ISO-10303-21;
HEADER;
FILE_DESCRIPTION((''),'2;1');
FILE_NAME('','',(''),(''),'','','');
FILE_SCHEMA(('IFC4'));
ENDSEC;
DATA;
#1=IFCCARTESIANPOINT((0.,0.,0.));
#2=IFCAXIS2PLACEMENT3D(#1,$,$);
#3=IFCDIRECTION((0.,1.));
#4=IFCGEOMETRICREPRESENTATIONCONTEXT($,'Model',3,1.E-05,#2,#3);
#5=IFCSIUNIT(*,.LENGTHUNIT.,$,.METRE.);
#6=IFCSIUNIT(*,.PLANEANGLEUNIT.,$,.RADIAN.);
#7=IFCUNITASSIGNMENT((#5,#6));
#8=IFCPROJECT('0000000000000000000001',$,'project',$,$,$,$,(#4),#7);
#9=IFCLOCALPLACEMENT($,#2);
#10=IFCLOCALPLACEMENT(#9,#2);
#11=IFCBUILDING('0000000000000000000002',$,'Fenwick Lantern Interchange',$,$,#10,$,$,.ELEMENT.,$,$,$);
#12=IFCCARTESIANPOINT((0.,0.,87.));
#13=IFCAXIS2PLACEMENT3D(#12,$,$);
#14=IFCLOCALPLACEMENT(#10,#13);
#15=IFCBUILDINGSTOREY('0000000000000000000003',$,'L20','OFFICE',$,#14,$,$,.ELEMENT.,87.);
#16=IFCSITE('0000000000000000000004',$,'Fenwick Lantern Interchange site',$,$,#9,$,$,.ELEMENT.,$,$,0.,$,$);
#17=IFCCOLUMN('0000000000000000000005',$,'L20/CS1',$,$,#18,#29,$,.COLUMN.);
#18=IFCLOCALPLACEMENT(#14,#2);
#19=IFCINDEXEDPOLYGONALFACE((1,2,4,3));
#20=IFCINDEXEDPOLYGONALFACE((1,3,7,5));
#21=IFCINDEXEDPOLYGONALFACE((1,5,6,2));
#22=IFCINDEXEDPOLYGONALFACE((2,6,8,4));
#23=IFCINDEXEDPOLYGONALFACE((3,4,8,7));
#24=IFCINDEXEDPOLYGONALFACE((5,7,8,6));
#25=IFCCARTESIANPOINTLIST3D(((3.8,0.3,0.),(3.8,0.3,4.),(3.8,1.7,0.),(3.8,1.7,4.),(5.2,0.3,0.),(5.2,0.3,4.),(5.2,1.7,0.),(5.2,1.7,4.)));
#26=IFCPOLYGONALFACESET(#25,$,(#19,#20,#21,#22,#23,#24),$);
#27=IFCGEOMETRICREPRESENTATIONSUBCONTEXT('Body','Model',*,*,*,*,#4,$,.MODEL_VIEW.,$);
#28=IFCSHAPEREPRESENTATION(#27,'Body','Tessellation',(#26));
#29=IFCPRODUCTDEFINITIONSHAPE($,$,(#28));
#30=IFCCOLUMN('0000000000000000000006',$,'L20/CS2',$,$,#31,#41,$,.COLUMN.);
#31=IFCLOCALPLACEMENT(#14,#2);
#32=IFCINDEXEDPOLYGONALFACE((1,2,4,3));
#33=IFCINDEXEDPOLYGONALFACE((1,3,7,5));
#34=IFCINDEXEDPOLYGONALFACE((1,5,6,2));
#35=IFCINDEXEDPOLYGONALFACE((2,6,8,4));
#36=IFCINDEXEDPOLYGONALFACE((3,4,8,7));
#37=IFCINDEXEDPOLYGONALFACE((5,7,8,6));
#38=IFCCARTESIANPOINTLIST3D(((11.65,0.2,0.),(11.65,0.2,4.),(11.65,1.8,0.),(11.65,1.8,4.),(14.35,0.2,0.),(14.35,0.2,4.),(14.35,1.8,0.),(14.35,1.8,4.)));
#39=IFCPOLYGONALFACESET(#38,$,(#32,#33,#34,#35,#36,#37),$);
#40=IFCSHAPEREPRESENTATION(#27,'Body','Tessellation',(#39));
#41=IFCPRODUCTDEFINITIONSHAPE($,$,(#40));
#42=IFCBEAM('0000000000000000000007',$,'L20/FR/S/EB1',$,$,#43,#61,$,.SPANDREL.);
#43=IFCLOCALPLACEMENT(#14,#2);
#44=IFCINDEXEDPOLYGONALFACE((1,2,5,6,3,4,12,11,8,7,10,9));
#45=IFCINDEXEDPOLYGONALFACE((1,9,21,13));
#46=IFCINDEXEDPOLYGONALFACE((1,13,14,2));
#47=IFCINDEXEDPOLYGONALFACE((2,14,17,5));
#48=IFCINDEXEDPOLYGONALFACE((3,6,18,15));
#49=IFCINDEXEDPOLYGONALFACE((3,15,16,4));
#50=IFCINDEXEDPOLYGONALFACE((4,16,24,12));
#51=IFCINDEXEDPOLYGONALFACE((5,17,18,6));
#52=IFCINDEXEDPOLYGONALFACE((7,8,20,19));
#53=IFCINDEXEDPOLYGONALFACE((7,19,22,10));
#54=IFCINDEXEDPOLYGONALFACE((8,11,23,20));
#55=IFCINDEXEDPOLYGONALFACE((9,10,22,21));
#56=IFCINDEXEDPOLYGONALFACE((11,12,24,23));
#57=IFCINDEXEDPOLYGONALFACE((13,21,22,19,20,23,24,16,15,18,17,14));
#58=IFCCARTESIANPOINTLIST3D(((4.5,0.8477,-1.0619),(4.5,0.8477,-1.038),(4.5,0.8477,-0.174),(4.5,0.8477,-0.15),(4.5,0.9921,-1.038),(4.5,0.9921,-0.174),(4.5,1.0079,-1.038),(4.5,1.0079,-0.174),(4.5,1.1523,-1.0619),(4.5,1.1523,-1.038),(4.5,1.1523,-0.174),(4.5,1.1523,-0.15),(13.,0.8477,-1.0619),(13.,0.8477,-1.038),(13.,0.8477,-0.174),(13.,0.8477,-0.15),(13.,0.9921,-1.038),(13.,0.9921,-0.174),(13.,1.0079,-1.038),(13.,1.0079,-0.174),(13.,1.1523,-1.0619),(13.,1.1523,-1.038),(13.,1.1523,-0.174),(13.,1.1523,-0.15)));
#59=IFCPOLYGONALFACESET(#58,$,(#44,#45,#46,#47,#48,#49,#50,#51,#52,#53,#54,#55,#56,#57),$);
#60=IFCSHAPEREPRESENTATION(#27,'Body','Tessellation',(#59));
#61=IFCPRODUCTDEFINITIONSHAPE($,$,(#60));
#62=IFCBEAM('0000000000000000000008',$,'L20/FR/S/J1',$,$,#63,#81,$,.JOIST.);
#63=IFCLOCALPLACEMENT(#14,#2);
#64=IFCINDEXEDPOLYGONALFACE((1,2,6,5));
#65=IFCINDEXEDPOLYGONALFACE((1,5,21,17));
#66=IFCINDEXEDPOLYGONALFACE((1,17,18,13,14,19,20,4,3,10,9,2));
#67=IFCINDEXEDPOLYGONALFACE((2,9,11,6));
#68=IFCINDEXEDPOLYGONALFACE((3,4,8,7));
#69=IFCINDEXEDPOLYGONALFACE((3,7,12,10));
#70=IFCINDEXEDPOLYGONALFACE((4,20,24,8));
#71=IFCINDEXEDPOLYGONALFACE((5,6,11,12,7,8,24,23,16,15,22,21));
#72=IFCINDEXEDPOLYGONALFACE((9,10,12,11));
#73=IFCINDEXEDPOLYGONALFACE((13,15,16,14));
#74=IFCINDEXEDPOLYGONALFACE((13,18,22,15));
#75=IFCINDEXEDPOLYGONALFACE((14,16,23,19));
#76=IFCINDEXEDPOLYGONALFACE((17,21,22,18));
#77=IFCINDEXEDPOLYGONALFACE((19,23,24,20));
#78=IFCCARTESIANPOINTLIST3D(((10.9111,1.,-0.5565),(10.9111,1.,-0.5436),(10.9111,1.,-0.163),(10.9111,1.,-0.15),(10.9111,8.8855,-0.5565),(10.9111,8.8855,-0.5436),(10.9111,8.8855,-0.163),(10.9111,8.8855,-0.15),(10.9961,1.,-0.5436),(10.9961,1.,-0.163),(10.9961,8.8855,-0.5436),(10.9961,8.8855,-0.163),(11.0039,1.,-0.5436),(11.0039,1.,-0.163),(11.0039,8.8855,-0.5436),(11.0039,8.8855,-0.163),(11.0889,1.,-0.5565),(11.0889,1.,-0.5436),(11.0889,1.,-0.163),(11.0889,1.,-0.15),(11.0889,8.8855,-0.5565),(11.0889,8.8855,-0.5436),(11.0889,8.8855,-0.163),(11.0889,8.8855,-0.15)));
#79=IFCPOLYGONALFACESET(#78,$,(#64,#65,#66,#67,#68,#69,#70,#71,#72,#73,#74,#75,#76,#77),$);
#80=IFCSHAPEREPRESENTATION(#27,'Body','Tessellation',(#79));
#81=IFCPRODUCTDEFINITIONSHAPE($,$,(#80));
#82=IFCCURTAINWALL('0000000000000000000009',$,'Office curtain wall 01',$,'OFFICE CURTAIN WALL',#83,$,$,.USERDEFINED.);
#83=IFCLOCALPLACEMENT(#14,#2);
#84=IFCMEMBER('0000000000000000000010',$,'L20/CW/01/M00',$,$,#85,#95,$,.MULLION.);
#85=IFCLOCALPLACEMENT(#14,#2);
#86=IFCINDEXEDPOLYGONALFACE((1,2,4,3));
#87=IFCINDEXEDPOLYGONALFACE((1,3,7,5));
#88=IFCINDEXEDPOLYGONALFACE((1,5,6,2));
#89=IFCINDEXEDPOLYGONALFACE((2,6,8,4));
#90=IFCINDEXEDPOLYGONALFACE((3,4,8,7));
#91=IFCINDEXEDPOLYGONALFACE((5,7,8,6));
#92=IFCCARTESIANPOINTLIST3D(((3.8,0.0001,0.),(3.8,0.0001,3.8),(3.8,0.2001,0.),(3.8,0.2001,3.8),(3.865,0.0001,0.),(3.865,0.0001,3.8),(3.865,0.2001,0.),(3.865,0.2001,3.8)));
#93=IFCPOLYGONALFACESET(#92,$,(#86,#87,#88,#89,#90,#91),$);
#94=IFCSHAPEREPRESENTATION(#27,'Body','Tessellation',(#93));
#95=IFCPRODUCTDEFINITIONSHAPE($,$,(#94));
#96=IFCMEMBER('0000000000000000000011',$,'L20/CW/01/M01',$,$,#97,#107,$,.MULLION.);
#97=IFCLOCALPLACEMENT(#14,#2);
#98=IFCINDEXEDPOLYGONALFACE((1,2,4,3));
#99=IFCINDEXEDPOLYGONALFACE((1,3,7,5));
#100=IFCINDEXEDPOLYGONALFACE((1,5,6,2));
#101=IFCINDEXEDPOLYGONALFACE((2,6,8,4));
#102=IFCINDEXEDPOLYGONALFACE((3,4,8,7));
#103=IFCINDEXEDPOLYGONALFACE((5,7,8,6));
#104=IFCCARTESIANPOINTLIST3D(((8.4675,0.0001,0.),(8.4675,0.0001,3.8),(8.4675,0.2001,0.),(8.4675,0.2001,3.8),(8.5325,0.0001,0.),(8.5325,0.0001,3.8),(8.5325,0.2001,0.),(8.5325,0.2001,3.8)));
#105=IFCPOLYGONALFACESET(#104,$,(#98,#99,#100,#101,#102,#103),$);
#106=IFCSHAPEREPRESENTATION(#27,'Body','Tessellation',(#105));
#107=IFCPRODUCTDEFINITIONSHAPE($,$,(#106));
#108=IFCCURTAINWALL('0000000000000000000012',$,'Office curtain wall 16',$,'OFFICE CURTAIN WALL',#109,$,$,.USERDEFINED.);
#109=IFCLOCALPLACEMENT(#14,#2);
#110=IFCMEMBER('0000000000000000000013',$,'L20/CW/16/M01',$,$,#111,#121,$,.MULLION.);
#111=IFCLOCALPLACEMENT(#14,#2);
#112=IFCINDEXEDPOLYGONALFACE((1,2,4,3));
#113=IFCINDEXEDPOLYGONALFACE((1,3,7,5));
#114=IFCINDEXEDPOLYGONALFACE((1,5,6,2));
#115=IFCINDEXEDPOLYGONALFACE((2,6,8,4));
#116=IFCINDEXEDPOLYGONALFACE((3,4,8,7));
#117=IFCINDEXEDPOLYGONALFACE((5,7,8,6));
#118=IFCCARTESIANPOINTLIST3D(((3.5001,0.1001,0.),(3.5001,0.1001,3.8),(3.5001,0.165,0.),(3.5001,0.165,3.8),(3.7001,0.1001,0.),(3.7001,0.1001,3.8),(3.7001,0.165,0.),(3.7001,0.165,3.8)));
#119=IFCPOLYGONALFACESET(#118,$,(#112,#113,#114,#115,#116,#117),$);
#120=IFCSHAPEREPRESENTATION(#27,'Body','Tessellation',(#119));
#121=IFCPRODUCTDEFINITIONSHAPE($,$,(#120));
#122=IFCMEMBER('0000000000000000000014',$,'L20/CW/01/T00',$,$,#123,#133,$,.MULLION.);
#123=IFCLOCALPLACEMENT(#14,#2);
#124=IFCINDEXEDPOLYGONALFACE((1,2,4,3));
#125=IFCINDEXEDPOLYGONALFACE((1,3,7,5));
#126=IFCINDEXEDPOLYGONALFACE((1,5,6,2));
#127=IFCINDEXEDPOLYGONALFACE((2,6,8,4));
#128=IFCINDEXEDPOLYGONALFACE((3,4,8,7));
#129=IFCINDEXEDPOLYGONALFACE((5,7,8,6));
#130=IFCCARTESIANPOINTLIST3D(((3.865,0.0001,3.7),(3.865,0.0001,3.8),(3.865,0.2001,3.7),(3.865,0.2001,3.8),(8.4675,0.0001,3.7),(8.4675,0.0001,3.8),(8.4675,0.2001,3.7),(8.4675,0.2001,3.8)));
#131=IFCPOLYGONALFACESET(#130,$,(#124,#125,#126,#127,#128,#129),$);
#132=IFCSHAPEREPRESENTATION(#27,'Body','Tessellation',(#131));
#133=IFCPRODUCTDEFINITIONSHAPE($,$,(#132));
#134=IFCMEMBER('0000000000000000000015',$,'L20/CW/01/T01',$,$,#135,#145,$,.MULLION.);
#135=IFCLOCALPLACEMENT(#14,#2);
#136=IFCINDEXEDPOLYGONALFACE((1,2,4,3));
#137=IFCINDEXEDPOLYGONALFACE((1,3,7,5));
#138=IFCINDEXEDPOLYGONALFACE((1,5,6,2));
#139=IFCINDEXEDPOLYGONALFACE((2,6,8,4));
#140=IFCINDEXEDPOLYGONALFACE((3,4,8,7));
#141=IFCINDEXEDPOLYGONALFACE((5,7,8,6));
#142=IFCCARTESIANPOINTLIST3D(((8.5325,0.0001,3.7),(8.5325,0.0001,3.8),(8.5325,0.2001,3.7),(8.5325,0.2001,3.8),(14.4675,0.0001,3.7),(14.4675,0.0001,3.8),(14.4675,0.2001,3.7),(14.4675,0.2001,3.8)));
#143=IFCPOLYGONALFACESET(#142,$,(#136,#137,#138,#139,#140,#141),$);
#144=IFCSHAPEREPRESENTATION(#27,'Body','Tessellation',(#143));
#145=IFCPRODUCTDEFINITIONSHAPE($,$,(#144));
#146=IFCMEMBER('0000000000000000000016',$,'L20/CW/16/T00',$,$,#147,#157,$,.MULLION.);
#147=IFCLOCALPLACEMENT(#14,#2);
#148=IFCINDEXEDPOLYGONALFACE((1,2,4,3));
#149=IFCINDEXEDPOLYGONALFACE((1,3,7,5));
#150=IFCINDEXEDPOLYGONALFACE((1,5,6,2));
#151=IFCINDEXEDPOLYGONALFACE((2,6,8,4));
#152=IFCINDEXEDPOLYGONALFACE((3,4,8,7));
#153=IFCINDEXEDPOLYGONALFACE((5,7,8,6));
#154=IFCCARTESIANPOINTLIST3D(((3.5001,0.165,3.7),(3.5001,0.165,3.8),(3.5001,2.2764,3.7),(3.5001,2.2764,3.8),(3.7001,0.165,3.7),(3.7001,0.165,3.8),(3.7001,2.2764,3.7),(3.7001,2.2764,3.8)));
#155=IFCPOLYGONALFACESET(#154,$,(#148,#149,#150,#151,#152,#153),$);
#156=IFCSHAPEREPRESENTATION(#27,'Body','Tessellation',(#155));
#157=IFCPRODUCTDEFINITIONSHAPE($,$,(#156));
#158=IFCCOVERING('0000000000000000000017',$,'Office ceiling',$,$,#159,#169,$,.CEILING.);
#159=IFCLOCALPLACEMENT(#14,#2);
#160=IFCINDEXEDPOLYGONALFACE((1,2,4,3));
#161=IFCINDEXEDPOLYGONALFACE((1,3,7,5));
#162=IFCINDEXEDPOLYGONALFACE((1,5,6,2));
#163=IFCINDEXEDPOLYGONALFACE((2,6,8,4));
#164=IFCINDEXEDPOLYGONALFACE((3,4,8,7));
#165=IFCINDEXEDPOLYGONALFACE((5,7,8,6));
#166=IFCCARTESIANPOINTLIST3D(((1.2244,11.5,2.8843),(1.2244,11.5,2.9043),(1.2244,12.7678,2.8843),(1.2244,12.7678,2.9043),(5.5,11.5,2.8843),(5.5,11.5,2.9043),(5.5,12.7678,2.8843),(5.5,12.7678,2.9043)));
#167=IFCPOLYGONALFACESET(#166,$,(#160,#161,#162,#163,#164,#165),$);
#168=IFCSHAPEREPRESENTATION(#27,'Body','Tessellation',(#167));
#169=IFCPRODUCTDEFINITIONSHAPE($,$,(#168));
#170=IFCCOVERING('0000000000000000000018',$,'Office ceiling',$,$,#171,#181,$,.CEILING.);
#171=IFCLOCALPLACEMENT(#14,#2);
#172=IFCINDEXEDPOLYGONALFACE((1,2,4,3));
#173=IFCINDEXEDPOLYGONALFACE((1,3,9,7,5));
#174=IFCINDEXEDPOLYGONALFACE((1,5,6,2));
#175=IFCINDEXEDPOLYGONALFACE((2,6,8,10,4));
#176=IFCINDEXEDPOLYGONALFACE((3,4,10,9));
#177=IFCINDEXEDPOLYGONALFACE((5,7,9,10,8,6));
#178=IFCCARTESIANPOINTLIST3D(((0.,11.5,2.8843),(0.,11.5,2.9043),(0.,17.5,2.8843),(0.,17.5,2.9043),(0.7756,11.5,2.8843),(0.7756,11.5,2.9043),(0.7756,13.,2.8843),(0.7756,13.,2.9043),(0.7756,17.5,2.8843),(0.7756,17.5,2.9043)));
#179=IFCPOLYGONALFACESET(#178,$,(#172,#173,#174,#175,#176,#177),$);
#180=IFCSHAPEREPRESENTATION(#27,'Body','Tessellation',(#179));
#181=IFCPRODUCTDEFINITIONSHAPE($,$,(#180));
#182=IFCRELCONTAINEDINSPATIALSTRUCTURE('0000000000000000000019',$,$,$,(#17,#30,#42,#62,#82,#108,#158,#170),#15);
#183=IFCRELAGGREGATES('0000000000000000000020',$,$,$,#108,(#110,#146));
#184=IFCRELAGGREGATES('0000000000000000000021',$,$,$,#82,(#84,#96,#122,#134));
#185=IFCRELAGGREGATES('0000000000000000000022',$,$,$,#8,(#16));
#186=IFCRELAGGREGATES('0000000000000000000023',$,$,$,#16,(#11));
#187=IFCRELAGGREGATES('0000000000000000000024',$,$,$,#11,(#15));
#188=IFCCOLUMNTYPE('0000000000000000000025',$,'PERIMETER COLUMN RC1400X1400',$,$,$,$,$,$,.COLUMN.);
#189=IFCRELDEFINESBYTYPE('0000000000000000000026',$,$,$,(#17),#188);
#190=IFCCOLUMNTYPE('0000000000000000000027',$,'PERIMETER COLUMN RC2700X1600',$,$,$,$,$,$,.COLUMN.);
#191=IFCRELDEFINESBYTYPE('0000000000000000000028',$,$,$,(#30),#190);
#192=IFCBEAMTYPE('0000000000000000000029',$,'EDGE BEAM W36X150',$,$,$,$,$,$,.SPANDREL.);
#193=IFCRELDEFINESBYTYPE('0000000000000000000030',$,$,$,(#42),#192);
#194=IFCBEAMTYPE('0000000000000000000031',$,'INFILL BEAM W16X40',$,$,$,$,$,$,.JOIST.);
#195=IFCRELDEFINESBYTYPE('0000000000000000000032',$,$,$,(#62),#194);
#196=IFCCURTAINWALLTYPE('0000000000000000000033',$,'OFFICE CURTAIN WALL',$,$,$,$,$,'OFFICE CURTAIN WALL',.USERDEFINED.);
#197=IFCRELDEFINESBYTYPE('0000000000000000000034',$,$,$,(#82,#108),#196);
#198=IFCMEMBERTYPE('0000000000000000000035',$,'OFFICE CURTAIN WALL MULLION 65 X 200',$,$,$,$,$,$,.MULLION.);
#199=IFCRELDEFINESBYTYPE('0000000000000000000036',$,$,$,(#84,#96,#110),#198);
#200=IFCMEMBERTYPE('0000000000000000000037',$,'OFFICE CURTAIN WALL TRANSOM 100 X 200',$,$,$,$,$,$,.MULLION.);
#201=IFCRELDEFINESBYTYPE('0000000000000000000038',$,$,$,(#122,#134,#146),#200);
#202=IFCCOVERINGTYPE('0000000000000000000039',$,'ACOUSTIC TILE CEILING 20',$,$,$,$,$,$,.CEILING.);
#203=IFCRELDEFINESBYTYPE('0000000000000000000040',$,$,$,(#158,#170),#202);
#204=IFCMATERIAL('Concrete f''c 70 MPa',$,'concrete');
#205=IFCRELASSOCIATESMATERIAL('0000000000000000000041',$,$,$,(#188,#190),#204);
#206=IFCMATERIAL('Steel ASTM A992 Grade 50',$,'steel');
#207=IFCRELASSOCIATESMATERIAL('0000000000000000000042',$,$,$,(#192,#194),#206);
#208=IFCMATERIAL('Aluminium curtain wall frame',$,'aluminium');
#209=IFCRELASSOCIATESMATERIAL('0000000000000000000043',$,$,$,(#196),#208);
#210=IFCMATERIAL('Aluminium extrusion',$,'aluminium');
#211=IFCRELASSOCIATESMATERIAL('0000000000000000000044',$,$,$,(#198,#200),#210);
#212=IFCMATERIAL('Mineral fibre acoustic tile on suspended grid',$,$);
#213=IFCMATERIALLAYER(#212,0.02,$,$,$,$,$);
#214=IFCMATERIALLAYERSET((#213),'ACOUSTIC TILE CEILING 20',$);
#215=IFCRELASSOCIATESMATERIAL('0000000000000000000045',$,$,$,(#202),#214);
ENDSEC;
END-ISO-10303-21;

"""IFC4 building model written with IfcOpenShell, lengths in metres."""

from ifc_helpers import new_model, si_unit, direction, frame, origin, origin_2d, place, context, subcontext, project, spatial, polyline, rectangle, i_section, outline, extrude, material, layer, layer_set, material_profile, profile_set, type_object, element, aggregate, save


model = new_model("IFC4")

# Units and contexts
model_context = context("Model", 3, precision=1e-05, world=origin(), true_north=direction((0.0, 1.0)))
body_context = subcontext(model_context, "Body", "Model", "MODEL_VIEW")
ifc_project = project(units=[si_unit("LENGTHUNIT", "METRE"), si_unit("PLANEANGLEUNIT", "RADIAN")], contexts=[model_context])

# Site, building, storey
site_placement = place(None, origin())
site = spatial("IfcSite", under=ifc_project, at=site_placement, Name="Fenwick Lantern Interchange site", CompositionType="ELEMENT", RefElevation=0.0)
building_placement = place(site_placement, origin())
building = spatial("IfcBuilding", under=site, at=building_placement, Name="Fenwick Lantern Interchange", CompositionType="ELEMENT")
storey_placement = place(building_placement, frame((0.0, 0.0, 87.0)))
storey = spatial("IfcBuildingStorey", under=building, at=storey_placement, Name="L20", Description="OFFICE", CompositionType="ELEMENT", Elevation=87.0)

# Columns
ifc_material_1 = material(Name="Concrete f'c 70 MPa", Category="concrete")
ifc_material_profile_1 = material_profile(ifc_material_1, rectangle(XDim=1.3999, YDim=1.3999, at=origin_2d()), Name="RC1400X1400")
ifc_profile_set_1 = profile_set([ifc_material_profile_1], Name="Concrete f'c 70 MPa")
column_type_1 = type_object("IfcColumnType", Name="PERIMETER COLUMN RC1400X1400", PredefinedType="COLUMN", material=ifc_profile_set_1)
column_1_placement = place(storey_placement, frame((4.5, 1.0, 0.0), z_axis=(0.0, 0.0, 1.0), x_axis=(1.0, 0.0, 0.0)))
element("IfcColumn", 1, at=column_1_placement, inside=storey, type_object=column_type_1, Name="L20/CS1", PredefinedType="COLUMN", context=body_context, shape_type="SweptSolid", body=[
    extrude(rectangle(XDim=1.3999, YDim=1.3999, at=origin_2d()), origin(), (0.0, 0.0, 1.0), 4.0),
])
ifc_material_profile_2 = material_profile(ifc_material_1, rectangle(XDim=2.7, YDim=1.6001, at=origin_2d()), Name="RC2700X1600")
ifc_profile_set_2 = profile_set([ifc_material_profile_2], Name="Concrete f'c 70 MPa")
column_type_2 = type_object("IfcColumnType", Name="PERIMETER COLUMN RC2700X1600", PredefinedType="COLUMN", material=ifc_profile_set_2)
column_2_placement = place(storey_placement, frame((13.0, 1.0, 0.0), z_axis=(0.0, 0.0, 1.0), x_axis=(1.0, 0.0, 0.0)))
element("IfcColumn", 2, at=column_2_placement, inside=storey, type_object=column_type_2, Name="L20/CS2", PredefinedType="COLUMN", context=body_context, shape_type="SweptSolid", body=[
    extrude(rectangle(XDim=2.7, YDim=1.6001, at=origin_2d()), origin(), (0.0, 0.0, 1.0), 4.0),
])

# Beams
ifc_material_2 = material(Name="Steel ASTM A992 Grade 50", Category="steel")
ifc_material_profile_3 = material_profile(ifc_material_2, i_section(OverallWidth=0.3047, OverallDepth=0.9119, WebThickness=0.0159, FlangeThickness=0.0239, at=origin_2d()), Name="W36X150")
ifc_profile_set_3 = profile_set([ifc_material_profile_3], Name="Steel ASTM A992 Grade 50")
beam_type_1 = type_object("IfcBeamType", Name="EDGE BEAM W36X150", PredefinedType="SPANDREL", material=ifc_profile_set_3)
beam_1_placement = place(storey_placement, frame((4.5, 1.0, -0.606), z_axis=(1.0, 0.0, 0.0), x_axis=(0.0, 1.0, 0.0)))
element("IfcBeam", 3, at=beam_1_placement, inside=storey, type_object=beam_type_1, Name="L20/FR/S/EB1", PredefinedType="SPANDREL", context=body_context, shape_type="SweptSolid", body=[
    extrude(i_section(OverallWidth=0.3047, OverallDepth=0.9119, WebThickness=0.0159, FlangeThickness=0.0239, at=origin_2d()), origin(), (0.0, 0.0, 1.0), 8.5),
])
ifc_material_profile_4 = material_profile(ifc_material_2, i_section(OverallWidth=0.1777, OverallDepth=0.4065, WebThickness=0.0078, FlangeThickness=0.0129, at=origin_2d()), Name="W16X40")
ifc_profile_set_4 = profile_set([ifc_material_profile_4], Name="Steel ASTM A992 Grade 50")
beam_type_2 = type_object("IfcBeamType", Name="INFILL BEAM W16X40", PredefinedType="JOIST", material=ifc_profile_set_4)
beam_2_placement = place(storey_placement, frame((11.0, 1.0, -0.3533), z_axis=(0.0, 1.0, 0.0), x_axis=(-1.0, 0.0, 0.0)))
element("IfcBeam", 4, at=beam_2_placement, inside=storey, type_object=beam_type_2, Name="L20/FR/S/J1", PredefinedType="JOIST", context=body_context, shape_type="SweptSolid", body=[
    extrude(i_section(OverallWidth=0.1777, OverallDepth=0.4065, WebThickness=0.0078, FlangeThickness=0.0129, at=origin_2d()), origin(), (0.0, 0.0, 1.0), 7.8855),
])

# Curtain wall, members
ifc_material_3 = material(Name="Aluminium curtain wall frame", Category="aluminium")
curtain_wall_type = type_object("IfcCurtainWallType", Name="OFFICE CURTAIN WALL", ElementType="OFFICE CURTAIN WALL", PredefinedType="USERDEFINED", material=ifc_material_3)
curtain_wall_1_placement = place(storey_placement, origin())
curtain_wall_1 = element("IfcCurtainWall", 5, at=curtain_wall_1_placement, inside=storey, type_object=curtain_wall_type, Name="Office curtain wall 01", ObjectType="OFFICE CURTAIN WALL", PredefinedType="USERDEFINED")
ifc_material_4 = material(Name="Aluminium extrusion", Category="aluminium")
ifc_material_profile_5 = material_profile(ifc_material_4, rectangle(XDim=0.2, YDim=0.0649, at=origin_2d()), Name="OFFICE CURTAIN WALL MULLION 65 X 200")
ifc_profile_set_5 = profile_set([ifc_material_profile_5], Name="Aluminium extrusion")
member_type_1 = type_object("IfcMemberType", Name="OFFICE CURTAIN WALL MULLION 65 X 200", PredefinedType="MULLION", material=ifc_profile_set_5)
member_1_placement = place(storey_placement, frame((3.8325, 0.1001, 0.0), z_axis=(0.0, 0.0, 1.0), x_axis=(0.0, 1.0, 0.0)))
member_1 = element("IfcMember", 6, at=member_1_placement, type_object=member_type_1, Name="L20/CW/01/M00", PredefinedType="MULLION", context=body_context, shape_type="SweptSolid", body=[
    extrude(rectangle(XDim=0.2, YDim=0.0649, at=origin_2d()), origin(), (0.0, 0.0, 1.0), 3.8),
])
member_2_placement = place(storey_placement, frame((8.5, 0.1001, 0.0), z_axis=(0.0, 0.0, 1.0), x_axis=(0.0, 1.0, 0.0)))
member_2 = element("IfcMember", 7, at=member_2_placement, type_object=member_type_1, Name="L20/CW/01/M01", PredefinedType="MULLION", context=body_context, shape_type="SweptSolid", body=[
    extrude(rectangle(XDim=0.2, YDim=0.0649, at=origin_2d()), origin(), (0.0, 0.0, 1.0), 3.8),
])

# Curtain wall, member
curtain_wall_2_placement = place(storey_placement, origin())
curtain_wall_2 = element("IfcCurtainWall", 8, at=curtain_wall_2_placement, inside=storey, type_object=curtain_wall_type, Name="Office curtain wall 16", ObjectType="OFFICE CURTAIN WALL", PredefinedType="USERDEFINED")
member_3_placement = place(storey_placement, frame((3.6001, 0.1326, 0.0), z_axis=(0.0, 0.0, 1.0), x_axis=(1.0, 0.0, 0.0)))
member_3 = element("IfcMember", 9, at=member_3_placement, type_object=member_type_1, Name="L20/CW/16/M01", PredefinedType="MULLION", context=body_context, shape_type="SweptSolid", body=[
    extrude(rectangle(XDim=0.2, YDim=0.0649, at=origin_2d()), origin(), (0.0, 0.0, 1.0), 3.8),
])

# Members
ifc_material_profile_6 = material_profile(ifc_material_4, rectangle(XDim=0.2, YDim=0.1001, at=origin_2d()), Name="OFFICE CURTAIN WALL TRANSOM 100 X 200")
ifc_profile_set_6 = profile_set([ifc_material_profile_6], Name="Aluminium extrusion")
member_type_2 = type_object("IfcMemberType", Name="OFFICE CURTAIN WALL TRANSOM 100 X 200", PredefinedType="MULLION", material=ifc_profile_set_6)
member_4_placement = place(storey_placement, frame((3.865, 0.1001, 3.75), z_axis=(1.0, 0.0, 0.0), x_axis=(0.0, 1.0, 0.0)))
member_4 = element("IfcMember", 10, at=member_4_placement, type_object=member_type_2, Name="L20/CW/01/T00", PredefinedType="MULLION", context=body_context, shape_type="SweptSolid", body=[
    extrude(rectangle(XDim=0.2, YDim=0.1001, at=origin_2d()), origin(), (0.0, 0.0, 1.0), 4.6025),
])
member_5_placement = place(storey_placement, frame((8.5325, 0.1001, 3.75), z_axis=(1.0, 0.0, 0.0), x_axis=(0.0, 1.0, 0.0)))
member_5 = element("IfcMember", 11, at=member_5_placement, type_object=member_type_2, Name="L20/CW/01/T01", PredefinedType="MULLION", context=body_context, shape_type="SweptSolid", body=[
    extrude(rectangle(XDim=0.2, YDim=0.1001, at=origin_2d()), origin(), (0.0, 0.0, 1.0), 5.9351),
])
member_6_placement = place(storey_placement, frame((3.6001, 2.2764, 3.75), z_axis=(0.0, -1.0, 0.0), x_axis=(1.0, 0.0, 0.0)))
member_6 = element("IfcMember", 12, at=member_6_placement, type_object=member_type_2, Name="L20/CW/16/T00", PredefinedType="MULLION", context=body_context, shape_type="SweptSolid", body=[
    extrude(rectangle(XDim=0.2, YDim=0.1001, at=origin_2d()), origin(), (0.0, 0.0, 1.0), 2.1113),
])
aggregate(curtain_wall_2, [member_3, member_6])

aggregate(curtain_wall_1, [member_1, member_2, member_4, member_5])

# Coverings
ifc_material_5 = material(Name="Mineral fibre acoustic tile on suspended grid")
ifc_layer_1 = layer(ifc_material_5, 0.02)
ifc_layer_set_1 = layer_set([ifc_layer_1], Name="ACOUSTIC TILE CEILING 20")
covering_type_1 = type_object("IfcCoveringType", Name="ACOUSTIC TILE CEILING 20", PredefinedType="CEILING", material=ifc_layer_set_1)
covering_1_placement = place(storey_placement, frame((0.0, 0.0, 2.8843)))
element("IfcCovering", 13, at=covering_1_placement, inside=storey, type_object=covering_type_1, Name="Office ceiling", PredefinedType="CEILING", context=body_context, shape_type="SweptSolid", body=[
    extrude(outline(polyline([(5.5, 11.5), (5.5, 12.7678), (1.2244, 12.7678), (1.2244, 11.5), (5.5, 11.5)])), origin(), (0.0, 0.0, 1.0), 0.02),
])
covering_2_placement = place(storey_placement, frame((0.0, 0.0, 2.8843)))
element("IfcCovering", 14, at=covering_2_placement, inside=storey, type_object=covering_type_1, Name="Office ceiling", PredefinedType="CEILING", context=body_context, shape_type="SweptSolid", body=[
    extrude(outline(polyline([(0.0, 11.5), (0.7756, 11.5), (0.7756, 13.0), (0.7756, 13.0), (0.7756, 17.5), (0.0, 17.5), (0.0, 11.5)])), origin(), (0.0, 0.0, 1.0), 0.02),
])

save(model, "model.ifc")
